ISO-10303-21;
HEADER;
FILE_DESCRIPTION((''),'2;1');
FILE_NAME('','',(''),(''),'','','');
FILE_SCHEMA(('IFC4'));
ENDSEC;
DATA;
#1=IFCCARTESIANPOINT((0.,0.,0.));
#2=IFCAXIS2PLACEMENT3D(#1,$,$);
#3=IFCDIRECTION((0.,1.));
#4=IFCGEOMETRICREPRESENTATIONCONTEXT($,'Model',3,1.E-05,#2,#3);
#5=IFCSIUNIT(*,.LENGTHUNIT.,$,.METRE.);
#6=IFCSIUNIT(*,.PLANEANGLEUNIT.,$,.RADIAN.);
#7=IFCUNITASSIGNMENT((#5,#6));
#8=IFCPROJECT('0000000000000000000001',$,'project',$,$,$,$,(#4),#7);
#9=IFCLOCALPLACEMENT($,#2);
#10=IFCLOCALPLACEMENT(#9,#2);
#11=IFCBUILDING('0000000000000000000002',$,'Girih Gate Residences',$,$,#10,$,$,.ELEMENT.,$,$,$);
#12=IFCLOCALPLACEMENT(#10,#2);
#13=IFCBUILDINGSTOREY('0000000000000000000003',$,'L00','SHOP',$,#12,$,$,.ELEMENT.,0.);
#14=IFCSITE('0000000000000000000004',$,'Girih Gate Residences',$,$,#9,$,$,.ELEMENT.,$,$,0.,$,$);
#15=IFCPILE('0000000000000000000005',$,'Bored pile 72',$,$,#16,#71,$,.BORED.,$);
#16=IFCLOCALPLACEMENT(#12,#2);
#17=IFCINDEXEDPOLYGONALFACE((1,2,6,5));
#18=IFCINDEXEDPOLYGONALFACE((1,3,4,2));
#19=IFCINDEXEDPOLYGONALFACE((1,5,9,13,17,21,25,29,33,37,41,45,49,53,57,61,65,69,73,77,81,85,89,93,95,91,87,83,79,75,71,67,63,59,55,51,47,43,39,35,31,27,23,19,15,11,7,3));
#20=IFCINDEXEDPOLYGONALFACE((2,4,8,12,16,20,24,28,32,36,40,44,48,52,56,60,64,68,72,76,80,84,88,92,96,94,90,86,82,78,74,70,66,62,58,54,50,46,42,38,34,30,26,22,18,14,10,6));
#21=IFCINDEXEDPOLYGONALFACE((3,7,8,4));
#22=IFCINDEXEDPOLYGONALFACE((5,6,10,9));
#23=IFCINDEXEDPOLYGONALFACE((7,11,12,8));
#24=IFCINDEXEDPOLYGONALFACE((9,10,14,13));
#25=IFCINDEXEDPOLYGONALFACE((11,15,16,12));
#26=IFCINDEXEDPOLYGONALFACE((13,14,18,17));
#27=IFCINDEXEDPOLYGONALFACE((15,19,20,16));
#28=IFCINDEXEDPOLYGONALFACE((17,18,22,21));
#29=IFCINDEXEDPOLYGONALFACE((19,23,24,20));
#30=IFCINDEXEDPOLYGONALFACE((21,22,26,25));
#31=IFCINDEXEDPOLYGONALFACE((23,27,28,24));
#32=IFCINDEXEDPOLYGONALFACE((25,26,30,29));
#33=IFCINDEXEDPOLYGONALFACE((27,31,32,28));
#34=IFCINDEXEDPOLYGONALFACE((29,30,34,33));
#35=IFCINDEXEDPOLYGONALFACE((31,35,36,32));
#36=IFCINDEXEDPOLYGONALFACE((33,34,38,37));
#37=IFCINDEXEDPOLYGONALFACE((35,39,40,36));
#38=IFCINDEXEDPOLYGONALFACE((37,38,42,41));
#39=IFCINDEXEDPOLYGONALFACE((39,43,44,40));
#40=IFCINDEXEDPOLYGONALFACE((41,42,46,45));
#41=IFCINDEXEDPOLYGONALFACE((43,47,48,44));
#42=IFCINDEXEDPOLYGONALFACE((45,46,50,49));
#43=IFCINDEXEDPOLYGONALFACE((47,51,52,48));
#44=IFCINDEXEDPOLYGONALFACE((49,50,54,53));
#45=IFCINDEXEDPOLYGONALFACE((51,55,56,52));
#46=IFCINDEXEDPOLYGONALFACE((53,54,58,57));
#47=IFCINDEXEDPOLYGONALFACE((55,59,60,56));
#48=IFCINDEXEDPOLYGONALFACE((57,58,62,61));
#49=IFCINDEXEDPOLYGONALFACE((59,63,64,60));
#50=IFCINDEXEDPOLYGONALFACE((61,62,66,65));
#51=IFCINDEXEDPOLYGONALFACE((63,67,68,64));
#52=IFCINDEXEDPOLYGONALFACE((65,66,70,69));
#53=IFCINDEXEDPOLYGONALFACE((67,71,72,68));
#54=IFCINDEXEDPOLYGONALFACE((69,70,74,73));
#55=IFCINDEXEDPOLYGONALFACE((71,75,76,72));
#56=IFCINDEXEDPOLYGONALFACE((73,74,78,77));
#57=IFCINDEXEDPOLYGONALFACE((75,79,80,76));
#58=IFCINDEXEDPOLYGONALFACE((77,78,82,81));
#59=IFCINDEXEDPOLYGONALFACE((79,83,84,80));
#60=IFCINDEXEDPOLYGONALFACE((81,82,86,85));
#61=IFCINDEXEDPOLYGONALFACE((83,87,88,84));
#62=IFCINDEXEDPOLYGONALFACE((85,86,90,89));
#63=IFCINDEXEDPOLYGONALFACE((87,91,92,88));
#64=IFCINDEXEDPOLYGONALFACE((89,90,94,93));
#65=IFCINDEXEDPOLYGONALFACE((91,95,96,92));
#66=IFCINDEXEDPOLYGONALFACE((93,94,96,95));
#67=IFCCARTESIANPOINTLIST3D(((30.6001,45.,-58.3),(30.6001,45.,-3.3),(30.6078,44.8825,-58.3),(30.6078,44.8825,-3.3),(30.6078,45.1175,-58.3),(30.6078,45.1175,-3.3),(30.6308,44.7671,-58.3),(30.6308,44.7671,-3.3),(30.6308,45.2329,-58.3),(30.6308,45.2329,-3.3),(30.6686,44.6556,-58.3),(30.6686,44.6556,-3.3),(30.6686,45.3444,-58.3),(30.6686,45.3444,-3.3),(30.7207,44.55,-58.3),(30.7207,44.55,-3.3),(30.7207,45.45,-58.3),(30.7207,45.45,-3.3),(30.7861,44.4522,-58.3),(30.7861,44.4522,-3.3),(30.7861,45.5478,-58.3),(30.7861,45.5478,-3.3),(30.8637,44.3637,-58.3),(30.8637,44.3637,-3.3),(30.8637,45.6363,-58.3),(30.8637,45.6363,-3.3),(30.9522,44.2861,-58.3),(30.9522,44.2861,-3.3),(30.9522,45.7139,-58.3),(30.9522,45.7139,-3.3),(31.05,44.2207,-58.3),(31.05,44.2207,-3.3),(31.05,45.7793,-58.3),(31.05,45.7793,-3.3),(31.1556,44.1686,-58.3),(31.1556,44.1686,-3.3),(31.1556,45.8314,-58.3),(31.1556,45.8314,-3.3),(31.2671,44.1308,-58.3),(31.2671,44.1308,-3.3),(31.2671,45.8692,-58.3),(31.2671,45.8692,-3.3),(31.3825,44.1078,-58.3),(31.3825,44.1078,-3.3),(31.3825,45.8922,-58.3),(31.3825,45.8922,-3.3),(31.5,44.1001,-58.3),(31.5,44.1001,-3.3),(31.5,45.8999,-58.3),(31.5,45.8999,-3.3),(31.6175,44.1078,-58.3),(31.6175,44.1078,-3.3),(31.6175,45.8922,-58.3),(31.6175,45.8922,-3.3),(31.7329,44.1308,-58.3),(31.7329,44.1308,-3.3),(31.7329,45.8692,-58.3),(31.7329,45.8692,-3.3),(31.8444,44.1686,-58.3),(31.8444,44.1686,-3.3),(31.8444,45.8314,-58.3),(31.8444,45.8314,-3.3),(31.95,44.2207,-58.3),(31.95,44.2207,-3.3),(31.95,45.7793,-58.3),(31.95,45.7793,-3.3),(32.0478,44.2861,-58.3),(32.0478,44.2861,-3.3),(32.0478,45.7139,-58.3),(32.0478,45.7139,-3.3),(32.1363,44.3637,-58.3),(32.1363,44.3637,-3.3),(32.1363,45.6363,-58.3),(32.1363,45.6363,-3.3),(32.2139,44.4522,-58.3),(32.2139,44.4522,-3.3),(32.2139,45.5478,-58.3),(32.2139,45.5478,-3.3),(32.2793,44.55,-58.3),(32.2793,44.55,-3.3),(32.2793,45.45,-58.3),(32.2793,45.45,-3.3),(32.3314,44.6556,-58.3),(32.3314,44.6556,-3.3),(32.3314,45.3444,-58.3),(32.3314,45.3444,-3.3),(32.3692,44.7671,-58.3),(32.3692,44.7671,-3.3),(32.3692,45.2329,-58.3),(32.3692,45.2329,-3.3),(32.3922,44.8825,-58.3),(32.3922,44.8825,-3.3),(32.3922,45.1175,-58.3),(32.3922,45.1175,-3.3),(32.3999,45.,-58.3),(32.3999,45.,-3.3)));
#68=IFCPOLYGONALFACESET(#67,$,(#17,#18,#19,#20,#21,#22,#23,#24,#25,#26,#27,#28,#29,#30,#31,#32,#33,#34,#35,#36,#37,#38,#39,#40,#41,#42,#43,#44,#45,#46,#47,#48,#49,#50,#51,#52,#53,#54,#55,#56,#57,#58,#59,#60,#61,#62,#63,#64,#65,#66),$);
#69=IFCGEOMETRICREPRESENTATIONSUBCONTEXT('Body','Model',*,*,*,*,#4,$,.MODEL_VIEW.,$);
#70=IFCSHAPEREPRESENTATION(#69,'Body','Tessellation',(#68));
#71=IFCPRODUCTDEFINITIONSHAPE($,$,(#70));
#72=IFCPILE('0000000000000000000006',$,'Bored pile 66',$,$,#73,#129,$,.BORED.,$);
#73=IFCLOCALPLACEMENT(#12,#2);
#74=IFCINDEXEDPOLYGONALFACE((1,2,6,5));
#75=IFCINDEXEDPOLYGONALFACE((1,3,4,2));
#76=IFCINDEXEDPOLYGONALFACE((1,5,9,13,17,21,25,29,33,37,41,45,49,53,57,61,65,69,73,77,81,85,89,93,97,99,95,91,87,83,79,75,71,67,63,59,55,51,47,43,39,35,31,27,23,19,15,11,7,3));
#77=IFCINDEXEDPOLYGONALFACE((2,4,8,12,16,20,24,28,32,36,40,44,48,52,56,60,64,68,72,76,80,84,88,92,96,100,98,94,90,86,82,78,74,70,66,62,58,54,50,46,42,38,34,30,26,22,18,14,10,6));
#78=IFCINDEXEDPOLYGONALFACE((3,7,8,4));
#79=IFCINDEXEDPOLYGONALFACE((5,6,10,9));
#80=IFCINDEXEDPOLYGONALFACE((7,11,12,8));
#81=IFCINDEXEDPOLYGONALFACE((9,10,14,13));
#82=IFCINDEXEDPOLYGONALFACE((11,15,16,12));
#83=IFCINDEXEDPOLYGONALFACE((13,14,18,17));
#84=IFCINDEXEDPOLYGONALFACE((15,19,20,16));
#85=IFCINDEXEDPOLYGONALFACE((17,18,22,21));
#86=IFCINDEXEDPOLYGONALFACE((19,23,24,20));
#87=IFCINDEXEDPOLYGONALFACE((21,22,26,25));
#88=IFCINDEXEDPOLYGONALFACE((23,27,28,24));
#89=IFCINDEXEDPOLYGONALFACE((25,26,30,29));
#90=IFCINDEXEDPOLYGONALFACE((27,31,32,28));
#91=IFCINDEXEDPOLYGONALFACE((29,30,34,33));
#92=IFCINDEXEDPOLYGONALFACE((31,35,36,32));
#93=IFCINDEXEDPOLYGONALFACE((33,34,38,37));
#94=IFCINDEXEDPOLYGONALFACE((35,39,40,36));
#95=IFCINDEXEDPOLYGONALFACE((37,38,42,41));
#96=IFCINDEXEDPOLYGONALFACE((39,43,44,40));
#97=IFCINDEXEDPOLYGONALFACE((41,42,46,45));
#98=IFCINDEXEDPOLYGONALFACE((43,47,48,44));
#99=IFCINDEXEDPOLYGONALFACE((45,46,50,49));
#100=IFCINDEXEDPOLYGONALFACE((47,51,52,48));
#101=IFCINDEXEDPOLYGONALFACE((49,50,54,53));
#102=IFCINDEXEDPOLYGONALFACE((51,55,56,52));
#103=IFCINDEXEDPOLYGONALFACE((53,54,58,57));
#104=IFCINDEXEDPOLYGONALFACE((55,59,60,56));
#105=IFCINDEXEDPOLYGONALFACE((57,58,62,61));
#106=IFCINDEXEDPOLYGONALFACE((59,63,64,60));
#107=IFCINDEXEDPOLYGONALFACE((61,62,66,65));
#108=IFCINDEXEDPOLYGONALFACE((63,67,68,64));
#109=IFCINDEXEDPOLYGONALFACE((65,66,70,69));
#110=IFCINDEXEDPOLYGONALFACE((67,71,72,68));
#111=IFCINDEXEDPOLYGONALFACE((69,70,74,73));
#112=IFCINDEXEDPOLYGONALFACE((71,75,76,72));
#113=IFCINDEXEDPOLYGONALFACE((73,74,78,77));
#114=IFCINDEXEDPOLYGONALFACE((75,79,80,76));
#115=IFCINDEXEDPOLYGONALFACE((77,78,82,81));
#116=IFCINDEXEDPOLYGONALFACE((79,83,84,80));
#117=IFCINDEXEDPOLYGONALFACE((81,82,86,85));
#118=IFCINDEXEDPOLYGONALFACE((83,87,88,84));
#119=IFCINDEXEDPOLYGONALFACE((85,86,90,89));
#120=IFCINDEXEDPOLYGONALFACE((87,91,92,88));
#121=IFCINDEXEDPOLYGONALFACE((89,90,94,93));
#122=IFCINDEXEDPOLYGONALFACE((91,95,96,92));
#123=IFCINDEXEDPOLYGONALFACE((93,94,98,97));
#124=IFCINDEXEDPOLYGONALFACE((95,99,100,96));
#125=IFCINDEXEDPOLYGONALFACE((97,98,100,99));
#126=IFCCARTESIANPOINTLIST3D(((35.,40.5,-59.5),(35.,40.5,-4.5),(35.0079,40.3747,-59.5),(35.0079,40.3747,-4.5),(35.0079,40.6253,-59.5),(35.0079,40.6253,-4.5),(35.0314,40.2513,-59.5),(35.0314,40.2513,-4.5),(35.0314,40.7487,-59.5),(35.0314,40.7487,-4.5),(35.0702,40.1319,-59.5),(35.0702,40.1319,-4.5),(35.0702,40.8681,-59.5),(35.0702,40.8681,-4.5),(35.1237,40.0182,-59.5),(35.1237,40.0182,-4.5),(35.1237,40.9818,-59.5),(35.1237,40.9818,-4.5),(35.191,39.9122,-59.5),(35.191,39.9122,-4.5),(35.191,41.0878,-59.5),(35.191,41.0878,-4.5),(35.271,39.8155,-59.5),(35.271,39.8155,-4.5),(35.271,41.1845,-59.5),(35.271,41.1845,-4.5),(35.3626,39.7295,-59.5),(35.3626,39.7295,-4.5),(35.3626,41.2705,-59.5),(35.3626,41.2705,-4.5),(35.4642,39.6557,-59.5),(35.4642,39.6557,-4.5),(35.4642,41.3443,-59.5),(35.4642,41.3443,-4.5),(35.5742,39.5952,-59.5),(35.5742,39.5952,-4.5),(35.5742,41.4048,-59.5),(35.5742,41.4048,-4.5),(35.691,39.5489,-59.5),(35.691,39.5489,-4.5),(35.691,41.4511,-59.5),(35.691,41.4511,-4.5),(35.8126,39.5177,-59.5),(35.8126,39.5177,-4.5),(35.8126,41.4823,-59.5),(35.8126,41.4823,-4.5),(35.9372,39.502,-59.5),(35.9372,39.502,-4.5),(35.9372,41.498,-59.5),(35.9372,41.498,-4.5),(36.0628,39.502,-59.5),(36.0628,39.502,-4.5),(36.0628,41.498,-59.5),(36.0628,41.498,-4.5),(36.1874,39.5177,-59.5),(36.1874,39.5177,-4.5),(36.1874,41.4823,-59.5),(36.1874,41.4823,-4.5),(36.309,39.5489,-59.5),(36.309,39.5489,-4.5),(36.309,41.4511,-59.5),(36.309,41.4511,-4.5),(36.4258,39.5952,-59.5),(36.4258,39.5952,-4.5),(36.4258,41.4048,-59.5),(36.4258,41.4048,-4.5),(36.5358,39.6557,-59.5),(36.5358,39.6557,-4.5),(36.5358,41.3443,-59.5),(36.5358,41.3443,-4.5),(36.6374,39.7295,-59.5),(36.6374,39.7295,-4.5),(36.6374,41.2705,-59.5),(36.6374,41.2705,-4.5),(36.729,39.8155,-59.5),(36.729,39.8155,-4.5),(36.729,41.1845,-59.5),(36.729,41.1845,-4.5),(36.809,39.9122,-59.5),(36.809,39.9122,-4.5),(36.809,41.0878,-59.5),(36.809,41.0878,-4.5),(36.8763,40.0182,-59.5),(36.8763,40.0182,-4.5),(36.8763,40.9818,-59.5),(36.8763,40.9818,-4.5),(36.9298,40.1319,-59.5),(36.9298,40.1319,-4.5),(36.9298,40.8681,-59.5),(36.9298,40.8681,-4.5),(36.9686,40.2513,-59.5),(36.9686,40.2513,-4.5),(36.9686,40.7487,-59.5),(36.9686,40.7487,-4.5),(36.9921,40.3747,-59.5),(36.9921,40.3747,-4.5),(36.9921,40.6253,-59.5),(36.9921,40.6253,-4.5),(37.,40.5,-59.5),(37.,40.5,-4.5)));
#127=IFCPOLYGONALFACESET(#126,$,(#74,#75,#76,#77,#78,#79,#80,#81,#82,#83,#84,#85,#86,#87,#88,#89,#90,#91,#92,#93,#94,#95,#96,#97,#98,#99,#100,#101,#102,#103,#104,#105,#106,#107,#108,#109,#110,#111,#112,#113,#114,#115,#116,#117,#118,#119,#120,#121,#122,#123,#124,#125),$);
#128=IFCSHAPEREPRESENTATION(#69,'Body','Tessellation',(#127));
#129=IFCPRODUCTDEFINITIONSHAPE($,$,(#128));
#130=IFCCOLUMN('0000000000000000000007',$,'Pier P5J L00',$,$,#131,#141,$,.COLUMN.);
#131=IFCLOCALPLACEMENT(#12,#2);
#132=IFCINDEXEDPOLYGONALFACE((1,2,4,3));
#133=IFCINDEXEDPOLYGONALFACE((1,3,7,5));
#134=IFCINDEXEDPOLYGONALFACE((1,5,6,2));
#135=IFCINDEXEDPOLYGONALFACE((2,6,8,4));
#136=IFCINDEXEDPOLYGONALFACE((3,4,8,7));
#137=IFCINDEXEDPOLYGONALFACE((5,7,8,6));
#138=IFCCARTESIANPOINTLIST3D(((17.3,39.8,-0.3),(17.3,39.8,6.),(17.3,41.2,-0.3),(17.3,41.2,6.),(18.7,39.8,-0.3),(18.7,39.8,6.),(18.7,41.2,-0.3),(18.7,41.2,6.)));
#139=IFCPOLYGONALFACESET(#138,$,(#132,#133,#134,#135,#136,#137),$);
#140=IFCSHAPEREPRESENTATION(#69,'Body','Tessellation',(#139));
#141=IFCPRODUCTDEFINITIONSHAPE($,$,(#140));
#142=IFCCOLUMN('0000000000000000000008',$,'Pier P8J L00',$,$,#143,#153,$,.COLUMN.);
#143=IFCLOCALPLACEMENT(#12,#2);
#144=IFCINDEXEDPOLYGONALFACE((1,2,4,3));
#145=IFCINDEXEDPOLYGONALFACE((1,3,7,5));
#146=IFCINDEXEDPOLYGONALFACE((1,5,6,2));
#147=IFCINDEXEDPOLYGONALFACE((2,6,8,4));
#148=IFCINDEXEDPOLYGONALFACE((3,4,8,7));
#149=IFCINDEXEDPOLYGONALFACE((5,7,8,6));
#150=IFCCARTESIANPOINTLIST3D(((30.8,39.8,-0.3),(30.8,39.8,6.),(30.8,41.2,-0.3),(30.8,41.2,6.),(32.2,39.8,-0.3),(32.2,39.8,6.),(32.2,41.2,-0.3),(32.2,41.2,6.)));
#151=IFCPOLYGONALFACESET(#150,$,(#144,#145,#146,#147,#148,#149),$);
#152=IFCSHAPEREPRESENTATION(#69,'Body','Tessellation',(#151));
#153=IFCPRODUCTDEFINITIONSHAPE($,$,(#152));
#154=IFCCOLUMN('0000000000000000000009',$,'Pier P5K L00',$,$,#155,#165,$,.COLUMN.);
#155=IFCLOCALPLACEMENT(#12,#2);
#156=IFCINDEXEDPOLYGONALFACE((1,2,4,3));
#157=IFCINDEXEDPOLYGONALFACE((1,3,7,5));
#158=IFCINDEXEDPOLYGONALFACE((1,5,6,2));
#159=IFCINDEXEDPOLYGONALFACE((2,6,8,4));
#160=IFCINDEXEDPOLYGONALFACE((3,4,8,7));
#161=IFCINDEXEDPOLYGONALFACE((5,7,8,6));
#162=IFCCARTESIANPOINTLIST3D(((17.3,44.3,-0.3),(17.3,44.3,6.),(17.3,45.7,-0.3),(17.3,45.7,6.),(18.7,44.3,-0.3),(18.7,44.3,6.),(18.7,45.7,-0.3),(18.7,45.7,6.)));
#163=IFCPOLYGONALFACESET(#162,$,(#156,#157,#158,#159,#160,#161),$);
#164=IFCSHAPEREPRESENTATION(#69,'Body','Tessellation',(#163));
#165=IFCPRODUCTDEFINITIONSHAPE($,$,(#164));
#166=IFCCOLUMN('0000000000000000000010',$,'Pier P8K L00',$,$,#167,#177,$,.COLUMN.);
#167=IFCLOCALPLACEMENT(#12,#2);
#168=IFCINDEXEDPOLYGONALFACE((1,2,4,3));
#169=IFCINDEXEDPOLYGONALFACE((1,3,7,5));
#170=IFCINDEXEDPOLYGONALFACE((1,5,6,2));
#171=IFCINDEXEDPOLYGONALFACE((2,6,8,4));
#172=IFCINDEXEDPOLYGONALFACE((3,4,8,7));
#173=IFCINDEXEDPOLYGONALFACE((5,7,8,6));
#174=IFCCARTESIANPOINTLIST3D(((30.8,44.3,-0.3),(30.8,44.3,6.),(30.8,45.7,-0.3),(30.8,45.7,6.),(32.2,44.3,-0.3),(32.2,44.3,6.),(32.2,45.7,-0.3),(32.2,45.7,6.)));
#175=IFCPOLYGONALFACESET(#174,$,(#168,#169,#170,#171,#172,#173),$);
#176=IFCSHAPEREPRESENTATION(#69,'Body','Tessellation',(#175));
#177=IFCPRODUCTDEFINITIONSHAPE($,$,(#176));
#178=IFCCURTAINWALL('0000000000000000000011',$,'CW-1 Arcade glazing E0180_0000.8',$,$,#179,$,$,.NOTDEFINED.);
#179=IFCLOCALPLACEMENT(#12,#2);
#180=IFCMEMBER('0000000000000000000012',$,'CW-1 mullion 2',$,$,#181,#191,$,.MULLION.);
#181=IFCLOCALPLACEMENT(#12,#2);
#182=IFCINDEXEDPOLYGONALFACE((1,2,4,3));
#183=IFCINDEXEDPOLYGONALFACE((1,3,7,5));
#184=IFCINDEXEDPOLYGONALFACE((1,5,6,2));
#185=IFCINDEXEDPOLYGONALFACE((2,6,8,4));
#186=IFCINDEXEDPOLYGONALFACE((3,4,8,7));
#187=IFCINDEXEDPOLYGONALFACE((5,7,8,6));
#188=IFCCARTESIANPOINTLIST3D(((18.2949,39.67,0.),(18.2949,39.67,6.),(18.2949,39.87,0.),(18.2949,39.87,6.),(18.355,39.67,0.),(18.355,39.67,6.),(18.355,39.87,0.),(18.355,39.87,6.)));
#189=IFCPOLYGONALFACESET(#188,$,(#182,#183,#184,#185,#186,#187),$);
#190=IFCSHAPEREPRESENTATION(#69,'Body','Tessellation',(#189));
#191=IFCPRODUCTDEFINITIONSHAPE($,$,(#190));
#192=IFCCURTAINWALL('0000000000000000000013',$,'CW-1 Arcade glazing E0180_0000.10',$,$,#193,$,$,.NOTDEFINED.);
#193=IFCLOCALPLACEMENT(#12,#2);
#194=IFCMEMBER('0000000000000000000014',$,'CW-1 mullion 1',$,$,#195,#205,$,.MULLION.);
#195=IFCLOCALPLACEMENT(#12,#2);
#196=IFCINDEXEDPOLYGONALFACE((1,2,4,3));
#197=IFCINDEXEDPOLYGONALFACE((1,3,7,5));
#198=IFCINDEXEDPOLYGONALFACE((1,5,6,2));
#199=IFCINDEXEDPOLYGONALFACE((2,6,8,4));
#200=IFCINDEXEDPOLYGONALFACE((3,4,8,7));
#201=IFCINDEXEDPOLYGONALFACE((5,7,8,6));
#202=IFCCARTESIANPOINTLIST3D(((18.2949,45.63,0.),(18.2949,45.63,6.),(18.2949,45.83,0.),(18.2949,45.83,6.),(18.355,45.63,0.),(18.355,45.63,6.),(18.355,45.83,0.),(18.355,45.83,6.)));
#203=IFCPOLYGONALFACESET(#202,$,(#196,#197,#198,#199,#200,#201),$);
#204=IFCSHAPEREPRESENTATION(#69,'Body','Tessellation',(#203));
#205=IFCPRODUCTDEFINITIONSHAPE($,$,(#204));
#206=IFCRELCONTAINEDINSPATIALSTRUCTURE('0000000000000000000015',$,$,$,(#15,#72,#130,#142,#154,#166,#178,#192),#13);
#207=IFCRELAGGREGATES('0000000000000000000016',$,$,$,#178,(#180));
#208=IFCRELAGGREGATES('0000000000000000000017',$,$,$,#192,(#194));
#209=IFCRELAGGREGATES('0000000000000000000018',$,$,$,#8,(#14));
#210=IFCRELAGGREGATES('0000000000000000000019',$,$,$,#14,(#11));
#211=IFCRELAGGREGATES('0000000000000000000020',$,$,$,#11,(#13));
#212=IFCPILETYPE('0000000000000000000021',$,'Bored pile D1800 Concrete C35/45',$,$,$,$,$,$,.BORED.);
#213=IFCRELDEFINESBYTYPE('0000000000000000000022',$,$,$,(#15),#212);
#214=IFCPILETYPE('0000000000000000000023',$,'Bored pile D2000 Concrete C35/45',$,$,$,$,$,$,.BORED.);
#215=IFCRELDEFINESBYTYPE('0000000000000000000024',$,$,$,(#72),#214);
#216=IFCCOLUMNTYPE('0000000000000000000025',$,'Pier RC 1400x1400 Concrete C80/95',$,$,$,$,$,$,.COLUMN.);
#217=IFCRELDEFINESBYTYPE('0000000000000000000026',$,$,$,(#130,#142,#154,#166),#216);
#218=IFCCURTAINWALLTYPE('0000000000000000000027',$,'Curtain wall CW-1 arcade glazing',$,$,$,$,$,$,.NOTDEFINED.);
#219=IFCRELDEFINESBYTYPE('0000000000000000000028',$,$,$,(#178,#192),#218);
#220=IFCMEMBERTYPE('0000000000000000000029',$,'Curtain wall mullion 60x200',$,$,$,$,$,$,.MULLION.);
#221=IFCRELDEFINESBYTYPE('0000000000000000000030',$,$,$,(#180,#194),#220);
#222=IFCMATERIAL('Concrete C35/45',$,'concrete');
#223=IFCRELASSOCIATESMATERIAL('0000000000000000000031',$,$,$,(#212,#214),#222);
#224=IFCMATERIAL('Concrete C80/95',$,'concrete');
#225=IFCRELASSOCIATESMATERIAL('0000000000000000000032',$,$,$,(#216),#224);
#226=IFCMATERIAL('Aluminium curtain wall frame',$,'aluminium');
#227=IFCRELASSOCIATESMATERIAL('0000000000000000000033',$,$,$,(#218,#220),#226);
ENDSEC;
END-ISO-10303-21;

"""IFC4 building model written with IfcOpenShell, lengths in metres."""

from ifc_helpers import new_model, si_unit, direction, frame, origin, origin_2d, place, context, subcontext, project, spatial, rectangle, circle, extrude, material, material_profile, profile_set, type_object, element, aggregate, save


model = new_model("IFC4")

# Units and contexts
model_context = context("Model", 3, precision=1e-05, world=origin(), true_north=direction((0.0, 1.0)))
body_context = subcontext(model_context, "Body", "Model", "MODEL_VIEW")
ifc_project = project(units=[si_unit("LENGTHUNIT", "METRE"), si_unit("PLANEANGLEUNIT", "RADIAN")], contexts=[model_context])

# Site, building, storey
site_placement = place(None, origin())
site = spatial("IfcSite", under=ifc_project, at=site_placement, Name="Girih Gate Residences", CompositionType="ELEMENT", RefElevation=0.0)
building_placement = place(site_placement, origin())
building = spatial("IfcBuilding", under=site, at=building_placement, Name="Girih Gate Residences", CompositionType="ELEMENT")
storey_placement = place(building_placement, origin())
storey = spatial("IfcBuildingStorey", under=building, at=storey_placement, Name="L00", Description="SHOP", CompositionType="ELEMENT", Elevation=0.0)

# Piles
ifc_material_1 = material(Name="Concrete C35/45", Category="concrete")
ifc_material_profile_1 = material_profile(ifc_material_1, circle(Radius=0.8999, at=origin_2d()))
ifc_profile_set_1 = profile_set([ifc_material_profile_1], Name="Concrete C35/45")
pile_type_1 = type_object("IfcPileType", Name="Bored pile D1800 Concrete C35/45", PredefinedType="BORED", material=ifc_profile_set_1)
for number, where, z_axis, x_axis, name in (
    (1, (31.5, 45.0, -3.3), (0.0, 0.0, -1.0), (1.0, 0.0, 0.0), "Bored pile 72"),
):
    element("IfcPile", number, at=place(storey_placement, frame(where, z_axis=z_axis, x_axis=x_axis)), inside=storey, type_object=pile_type_1, Name=name, PredefinedType="BORED", context=body_context, shape_type="SweptSolid", body=[
        extrude(circle(Radius=0.8999, at=origin_2d()), origin(), (0.0, 0.0, 1.0), 55.0),
    ])
ifc_material_profile_2 = material_profile(ifc_material_1, circle(Radius=1.0, at=origin_2d()))
ifc_profile_set_2 = profile_set([ifc_material_profile_2], Name="Concrete C35/45")
pile_type_2 = type_object("IfcPileType", Name="Bored pile D2000 Concrete C35/45", PredefinedType="BORED", material=ifc_profile_set_2)
pile_placement = place(storey_placement, frame((36.0, 40.5, -4.5), z_axis=(0.0, 0.0, -1.0), x_axis=(1.0, 0.0, 0.0)))
element("IfcPile", 2, at=pile_placement, inside=storey, type_object=pile_type_2, Name="Bored pile 66", PredefinedType="BORED", context=body_context, shape_type="SweptSolid", body=[
    extrude(circle(Radius=1.0, at=origin_2d()), origin(), (0.0, 0.0, 1.0), 55.0),
])

# Columns
ifc_material_2 = material(Name="Concrete C80/95", Category="concrete")
ifc_material_profile_3 = material_profile(ifc_material_2, rectangle(XDim=1.3999, YDim=1.3999, at=origin_2d()))
ifc_profile_set_3 = profile_set([ifc_material_profile_3], Name="Concrete C80/95")
column_type = type_object("IfcColumnType", Name="Pier RC 1400x1400 Concrete C80/95", PredefinedType="COLUMN", material=ifc_profile_set_3)
for number, where, z_axis, x_axis, name in (
    (3, (18.0, 40.5, -0.3), (0.0, 0.0, 1.0), (1.0, 0.0, 0.0), "Pier P5J L00"),
    (4, (31.5, 40.5, -0.3), (0.0, 0.0, 1.0), (1.0, 0.0, 0.0), "Pier P8J L00"),
    (5, (18.0, 45.0, -0.3), (0.0, 0.0, 1.0), (1.0, 0.0, 0.0), "Pier P5K L00"),
    (6, (31.5, 45.0, -0.3), (0.0, 0.0, 1.0), (1.0, 0.0, 0.0), "Pier P8K L00"),
):
    element("IfcColumn", number, at=place(storey_placement, frame(where, z_axis=z_axis, x_axis=x_axis)), inside=storey, type_object=column_type, Name=name, PredefinedType="COLUMN", context=body_context, shape_type="SweptSolid", body=[
        extrude(rectangle(XDim=1.3999, YDim=1.3999, at=origin_2d()), origin(), (0.0, 0.0, 1.0), 6.3),
    ])

# Curtain walls, members
ifc_material_3 = material(Name="Aluminium curtain wall frame", Category="aluminium")
curtain_wall_type = type_object("IfcCurtainWallType", Name="Curtain wall CW-1 arcade glazing", PredefinedType="NOTDEFINED", material=ifc_material_3)
curtain_wall_1_placement = place(storey_placement, origin())
curtain_wall_1 = element("IfcCurtainWall", 7, at=curtain_wall_1_placement, inside=storey, type_object=curtain_wall_type, Name="CW-1 Arcade glazing E0180_0000.8", PredefinedType="NOTDEFINED")
ifc_material_profile_4 = material_profile(ifc_material_3, rectangle(XDim=0.0601, YDim=0.2, at=origin_2d()))
ifc_profile_set_4 = profile_set([ifc_material_profile_4], Name="Aluminium curtain wall frame")
member_type_1 = type_object("IfcMemberType", Name="Curtain wall mullion 60x200", PredefinedType="MULLION", material=ifc_profile_set_4)
member_1_placement = place(storey_placement, frame((18.325, 39.77, 0.0), z_axis=(0.0, 0.0, 1.0), x_axis=(-1.0, 0.0, 0.0)))
member_1 = element("IfcMember", 8, at=member_1_placement, type_object=member_type_1, Name="CW-1 mullion 2", PredefinedType="MULLION", context=body_context, shape_type="SweptSolid", body=[
    extrude(rectangle(XDim=0.0601, YDim=0.2, at=origin_2d()), origin(), (0.0, 0.0, 1.0), 6.0),
])
aggregate(curtain_wall_1, [member_1])
curtain_wall_2_placement = place(storey_placement, origin())
curtain_wall_2 = element("IfcCurtainWall", 9, at=curtain_wall_2_placement, inside=storey, type_object=curtain_wall_type, Name="CW-1 Arcade glazing E0180_0000.10", PredefinedType="NOTDEFINED")
member_2_placement = place(storey_placement, frame((18.325, 45.73, 0.0), z_axis=(0.0, 0.0, 1.0), x_axis=(-1.0, 0.0, 0.0)))
member_2 = element("IfcMember", 10, at=member_2_placement, type_object=member_type_1, Name="CW-1 mullion 1", PredefinedType="MULLION", context=body_context, shape_type="SweptSolid", body=[
    extrude(rectangle(XDim=0.0601, YDim=0.2, at=origin_2d()), origin(), (0.0, 0.0, 1.0), 6.0),
])

aggregate(curtain_wall_2, [member_2])

save(model, "model.ifc")
